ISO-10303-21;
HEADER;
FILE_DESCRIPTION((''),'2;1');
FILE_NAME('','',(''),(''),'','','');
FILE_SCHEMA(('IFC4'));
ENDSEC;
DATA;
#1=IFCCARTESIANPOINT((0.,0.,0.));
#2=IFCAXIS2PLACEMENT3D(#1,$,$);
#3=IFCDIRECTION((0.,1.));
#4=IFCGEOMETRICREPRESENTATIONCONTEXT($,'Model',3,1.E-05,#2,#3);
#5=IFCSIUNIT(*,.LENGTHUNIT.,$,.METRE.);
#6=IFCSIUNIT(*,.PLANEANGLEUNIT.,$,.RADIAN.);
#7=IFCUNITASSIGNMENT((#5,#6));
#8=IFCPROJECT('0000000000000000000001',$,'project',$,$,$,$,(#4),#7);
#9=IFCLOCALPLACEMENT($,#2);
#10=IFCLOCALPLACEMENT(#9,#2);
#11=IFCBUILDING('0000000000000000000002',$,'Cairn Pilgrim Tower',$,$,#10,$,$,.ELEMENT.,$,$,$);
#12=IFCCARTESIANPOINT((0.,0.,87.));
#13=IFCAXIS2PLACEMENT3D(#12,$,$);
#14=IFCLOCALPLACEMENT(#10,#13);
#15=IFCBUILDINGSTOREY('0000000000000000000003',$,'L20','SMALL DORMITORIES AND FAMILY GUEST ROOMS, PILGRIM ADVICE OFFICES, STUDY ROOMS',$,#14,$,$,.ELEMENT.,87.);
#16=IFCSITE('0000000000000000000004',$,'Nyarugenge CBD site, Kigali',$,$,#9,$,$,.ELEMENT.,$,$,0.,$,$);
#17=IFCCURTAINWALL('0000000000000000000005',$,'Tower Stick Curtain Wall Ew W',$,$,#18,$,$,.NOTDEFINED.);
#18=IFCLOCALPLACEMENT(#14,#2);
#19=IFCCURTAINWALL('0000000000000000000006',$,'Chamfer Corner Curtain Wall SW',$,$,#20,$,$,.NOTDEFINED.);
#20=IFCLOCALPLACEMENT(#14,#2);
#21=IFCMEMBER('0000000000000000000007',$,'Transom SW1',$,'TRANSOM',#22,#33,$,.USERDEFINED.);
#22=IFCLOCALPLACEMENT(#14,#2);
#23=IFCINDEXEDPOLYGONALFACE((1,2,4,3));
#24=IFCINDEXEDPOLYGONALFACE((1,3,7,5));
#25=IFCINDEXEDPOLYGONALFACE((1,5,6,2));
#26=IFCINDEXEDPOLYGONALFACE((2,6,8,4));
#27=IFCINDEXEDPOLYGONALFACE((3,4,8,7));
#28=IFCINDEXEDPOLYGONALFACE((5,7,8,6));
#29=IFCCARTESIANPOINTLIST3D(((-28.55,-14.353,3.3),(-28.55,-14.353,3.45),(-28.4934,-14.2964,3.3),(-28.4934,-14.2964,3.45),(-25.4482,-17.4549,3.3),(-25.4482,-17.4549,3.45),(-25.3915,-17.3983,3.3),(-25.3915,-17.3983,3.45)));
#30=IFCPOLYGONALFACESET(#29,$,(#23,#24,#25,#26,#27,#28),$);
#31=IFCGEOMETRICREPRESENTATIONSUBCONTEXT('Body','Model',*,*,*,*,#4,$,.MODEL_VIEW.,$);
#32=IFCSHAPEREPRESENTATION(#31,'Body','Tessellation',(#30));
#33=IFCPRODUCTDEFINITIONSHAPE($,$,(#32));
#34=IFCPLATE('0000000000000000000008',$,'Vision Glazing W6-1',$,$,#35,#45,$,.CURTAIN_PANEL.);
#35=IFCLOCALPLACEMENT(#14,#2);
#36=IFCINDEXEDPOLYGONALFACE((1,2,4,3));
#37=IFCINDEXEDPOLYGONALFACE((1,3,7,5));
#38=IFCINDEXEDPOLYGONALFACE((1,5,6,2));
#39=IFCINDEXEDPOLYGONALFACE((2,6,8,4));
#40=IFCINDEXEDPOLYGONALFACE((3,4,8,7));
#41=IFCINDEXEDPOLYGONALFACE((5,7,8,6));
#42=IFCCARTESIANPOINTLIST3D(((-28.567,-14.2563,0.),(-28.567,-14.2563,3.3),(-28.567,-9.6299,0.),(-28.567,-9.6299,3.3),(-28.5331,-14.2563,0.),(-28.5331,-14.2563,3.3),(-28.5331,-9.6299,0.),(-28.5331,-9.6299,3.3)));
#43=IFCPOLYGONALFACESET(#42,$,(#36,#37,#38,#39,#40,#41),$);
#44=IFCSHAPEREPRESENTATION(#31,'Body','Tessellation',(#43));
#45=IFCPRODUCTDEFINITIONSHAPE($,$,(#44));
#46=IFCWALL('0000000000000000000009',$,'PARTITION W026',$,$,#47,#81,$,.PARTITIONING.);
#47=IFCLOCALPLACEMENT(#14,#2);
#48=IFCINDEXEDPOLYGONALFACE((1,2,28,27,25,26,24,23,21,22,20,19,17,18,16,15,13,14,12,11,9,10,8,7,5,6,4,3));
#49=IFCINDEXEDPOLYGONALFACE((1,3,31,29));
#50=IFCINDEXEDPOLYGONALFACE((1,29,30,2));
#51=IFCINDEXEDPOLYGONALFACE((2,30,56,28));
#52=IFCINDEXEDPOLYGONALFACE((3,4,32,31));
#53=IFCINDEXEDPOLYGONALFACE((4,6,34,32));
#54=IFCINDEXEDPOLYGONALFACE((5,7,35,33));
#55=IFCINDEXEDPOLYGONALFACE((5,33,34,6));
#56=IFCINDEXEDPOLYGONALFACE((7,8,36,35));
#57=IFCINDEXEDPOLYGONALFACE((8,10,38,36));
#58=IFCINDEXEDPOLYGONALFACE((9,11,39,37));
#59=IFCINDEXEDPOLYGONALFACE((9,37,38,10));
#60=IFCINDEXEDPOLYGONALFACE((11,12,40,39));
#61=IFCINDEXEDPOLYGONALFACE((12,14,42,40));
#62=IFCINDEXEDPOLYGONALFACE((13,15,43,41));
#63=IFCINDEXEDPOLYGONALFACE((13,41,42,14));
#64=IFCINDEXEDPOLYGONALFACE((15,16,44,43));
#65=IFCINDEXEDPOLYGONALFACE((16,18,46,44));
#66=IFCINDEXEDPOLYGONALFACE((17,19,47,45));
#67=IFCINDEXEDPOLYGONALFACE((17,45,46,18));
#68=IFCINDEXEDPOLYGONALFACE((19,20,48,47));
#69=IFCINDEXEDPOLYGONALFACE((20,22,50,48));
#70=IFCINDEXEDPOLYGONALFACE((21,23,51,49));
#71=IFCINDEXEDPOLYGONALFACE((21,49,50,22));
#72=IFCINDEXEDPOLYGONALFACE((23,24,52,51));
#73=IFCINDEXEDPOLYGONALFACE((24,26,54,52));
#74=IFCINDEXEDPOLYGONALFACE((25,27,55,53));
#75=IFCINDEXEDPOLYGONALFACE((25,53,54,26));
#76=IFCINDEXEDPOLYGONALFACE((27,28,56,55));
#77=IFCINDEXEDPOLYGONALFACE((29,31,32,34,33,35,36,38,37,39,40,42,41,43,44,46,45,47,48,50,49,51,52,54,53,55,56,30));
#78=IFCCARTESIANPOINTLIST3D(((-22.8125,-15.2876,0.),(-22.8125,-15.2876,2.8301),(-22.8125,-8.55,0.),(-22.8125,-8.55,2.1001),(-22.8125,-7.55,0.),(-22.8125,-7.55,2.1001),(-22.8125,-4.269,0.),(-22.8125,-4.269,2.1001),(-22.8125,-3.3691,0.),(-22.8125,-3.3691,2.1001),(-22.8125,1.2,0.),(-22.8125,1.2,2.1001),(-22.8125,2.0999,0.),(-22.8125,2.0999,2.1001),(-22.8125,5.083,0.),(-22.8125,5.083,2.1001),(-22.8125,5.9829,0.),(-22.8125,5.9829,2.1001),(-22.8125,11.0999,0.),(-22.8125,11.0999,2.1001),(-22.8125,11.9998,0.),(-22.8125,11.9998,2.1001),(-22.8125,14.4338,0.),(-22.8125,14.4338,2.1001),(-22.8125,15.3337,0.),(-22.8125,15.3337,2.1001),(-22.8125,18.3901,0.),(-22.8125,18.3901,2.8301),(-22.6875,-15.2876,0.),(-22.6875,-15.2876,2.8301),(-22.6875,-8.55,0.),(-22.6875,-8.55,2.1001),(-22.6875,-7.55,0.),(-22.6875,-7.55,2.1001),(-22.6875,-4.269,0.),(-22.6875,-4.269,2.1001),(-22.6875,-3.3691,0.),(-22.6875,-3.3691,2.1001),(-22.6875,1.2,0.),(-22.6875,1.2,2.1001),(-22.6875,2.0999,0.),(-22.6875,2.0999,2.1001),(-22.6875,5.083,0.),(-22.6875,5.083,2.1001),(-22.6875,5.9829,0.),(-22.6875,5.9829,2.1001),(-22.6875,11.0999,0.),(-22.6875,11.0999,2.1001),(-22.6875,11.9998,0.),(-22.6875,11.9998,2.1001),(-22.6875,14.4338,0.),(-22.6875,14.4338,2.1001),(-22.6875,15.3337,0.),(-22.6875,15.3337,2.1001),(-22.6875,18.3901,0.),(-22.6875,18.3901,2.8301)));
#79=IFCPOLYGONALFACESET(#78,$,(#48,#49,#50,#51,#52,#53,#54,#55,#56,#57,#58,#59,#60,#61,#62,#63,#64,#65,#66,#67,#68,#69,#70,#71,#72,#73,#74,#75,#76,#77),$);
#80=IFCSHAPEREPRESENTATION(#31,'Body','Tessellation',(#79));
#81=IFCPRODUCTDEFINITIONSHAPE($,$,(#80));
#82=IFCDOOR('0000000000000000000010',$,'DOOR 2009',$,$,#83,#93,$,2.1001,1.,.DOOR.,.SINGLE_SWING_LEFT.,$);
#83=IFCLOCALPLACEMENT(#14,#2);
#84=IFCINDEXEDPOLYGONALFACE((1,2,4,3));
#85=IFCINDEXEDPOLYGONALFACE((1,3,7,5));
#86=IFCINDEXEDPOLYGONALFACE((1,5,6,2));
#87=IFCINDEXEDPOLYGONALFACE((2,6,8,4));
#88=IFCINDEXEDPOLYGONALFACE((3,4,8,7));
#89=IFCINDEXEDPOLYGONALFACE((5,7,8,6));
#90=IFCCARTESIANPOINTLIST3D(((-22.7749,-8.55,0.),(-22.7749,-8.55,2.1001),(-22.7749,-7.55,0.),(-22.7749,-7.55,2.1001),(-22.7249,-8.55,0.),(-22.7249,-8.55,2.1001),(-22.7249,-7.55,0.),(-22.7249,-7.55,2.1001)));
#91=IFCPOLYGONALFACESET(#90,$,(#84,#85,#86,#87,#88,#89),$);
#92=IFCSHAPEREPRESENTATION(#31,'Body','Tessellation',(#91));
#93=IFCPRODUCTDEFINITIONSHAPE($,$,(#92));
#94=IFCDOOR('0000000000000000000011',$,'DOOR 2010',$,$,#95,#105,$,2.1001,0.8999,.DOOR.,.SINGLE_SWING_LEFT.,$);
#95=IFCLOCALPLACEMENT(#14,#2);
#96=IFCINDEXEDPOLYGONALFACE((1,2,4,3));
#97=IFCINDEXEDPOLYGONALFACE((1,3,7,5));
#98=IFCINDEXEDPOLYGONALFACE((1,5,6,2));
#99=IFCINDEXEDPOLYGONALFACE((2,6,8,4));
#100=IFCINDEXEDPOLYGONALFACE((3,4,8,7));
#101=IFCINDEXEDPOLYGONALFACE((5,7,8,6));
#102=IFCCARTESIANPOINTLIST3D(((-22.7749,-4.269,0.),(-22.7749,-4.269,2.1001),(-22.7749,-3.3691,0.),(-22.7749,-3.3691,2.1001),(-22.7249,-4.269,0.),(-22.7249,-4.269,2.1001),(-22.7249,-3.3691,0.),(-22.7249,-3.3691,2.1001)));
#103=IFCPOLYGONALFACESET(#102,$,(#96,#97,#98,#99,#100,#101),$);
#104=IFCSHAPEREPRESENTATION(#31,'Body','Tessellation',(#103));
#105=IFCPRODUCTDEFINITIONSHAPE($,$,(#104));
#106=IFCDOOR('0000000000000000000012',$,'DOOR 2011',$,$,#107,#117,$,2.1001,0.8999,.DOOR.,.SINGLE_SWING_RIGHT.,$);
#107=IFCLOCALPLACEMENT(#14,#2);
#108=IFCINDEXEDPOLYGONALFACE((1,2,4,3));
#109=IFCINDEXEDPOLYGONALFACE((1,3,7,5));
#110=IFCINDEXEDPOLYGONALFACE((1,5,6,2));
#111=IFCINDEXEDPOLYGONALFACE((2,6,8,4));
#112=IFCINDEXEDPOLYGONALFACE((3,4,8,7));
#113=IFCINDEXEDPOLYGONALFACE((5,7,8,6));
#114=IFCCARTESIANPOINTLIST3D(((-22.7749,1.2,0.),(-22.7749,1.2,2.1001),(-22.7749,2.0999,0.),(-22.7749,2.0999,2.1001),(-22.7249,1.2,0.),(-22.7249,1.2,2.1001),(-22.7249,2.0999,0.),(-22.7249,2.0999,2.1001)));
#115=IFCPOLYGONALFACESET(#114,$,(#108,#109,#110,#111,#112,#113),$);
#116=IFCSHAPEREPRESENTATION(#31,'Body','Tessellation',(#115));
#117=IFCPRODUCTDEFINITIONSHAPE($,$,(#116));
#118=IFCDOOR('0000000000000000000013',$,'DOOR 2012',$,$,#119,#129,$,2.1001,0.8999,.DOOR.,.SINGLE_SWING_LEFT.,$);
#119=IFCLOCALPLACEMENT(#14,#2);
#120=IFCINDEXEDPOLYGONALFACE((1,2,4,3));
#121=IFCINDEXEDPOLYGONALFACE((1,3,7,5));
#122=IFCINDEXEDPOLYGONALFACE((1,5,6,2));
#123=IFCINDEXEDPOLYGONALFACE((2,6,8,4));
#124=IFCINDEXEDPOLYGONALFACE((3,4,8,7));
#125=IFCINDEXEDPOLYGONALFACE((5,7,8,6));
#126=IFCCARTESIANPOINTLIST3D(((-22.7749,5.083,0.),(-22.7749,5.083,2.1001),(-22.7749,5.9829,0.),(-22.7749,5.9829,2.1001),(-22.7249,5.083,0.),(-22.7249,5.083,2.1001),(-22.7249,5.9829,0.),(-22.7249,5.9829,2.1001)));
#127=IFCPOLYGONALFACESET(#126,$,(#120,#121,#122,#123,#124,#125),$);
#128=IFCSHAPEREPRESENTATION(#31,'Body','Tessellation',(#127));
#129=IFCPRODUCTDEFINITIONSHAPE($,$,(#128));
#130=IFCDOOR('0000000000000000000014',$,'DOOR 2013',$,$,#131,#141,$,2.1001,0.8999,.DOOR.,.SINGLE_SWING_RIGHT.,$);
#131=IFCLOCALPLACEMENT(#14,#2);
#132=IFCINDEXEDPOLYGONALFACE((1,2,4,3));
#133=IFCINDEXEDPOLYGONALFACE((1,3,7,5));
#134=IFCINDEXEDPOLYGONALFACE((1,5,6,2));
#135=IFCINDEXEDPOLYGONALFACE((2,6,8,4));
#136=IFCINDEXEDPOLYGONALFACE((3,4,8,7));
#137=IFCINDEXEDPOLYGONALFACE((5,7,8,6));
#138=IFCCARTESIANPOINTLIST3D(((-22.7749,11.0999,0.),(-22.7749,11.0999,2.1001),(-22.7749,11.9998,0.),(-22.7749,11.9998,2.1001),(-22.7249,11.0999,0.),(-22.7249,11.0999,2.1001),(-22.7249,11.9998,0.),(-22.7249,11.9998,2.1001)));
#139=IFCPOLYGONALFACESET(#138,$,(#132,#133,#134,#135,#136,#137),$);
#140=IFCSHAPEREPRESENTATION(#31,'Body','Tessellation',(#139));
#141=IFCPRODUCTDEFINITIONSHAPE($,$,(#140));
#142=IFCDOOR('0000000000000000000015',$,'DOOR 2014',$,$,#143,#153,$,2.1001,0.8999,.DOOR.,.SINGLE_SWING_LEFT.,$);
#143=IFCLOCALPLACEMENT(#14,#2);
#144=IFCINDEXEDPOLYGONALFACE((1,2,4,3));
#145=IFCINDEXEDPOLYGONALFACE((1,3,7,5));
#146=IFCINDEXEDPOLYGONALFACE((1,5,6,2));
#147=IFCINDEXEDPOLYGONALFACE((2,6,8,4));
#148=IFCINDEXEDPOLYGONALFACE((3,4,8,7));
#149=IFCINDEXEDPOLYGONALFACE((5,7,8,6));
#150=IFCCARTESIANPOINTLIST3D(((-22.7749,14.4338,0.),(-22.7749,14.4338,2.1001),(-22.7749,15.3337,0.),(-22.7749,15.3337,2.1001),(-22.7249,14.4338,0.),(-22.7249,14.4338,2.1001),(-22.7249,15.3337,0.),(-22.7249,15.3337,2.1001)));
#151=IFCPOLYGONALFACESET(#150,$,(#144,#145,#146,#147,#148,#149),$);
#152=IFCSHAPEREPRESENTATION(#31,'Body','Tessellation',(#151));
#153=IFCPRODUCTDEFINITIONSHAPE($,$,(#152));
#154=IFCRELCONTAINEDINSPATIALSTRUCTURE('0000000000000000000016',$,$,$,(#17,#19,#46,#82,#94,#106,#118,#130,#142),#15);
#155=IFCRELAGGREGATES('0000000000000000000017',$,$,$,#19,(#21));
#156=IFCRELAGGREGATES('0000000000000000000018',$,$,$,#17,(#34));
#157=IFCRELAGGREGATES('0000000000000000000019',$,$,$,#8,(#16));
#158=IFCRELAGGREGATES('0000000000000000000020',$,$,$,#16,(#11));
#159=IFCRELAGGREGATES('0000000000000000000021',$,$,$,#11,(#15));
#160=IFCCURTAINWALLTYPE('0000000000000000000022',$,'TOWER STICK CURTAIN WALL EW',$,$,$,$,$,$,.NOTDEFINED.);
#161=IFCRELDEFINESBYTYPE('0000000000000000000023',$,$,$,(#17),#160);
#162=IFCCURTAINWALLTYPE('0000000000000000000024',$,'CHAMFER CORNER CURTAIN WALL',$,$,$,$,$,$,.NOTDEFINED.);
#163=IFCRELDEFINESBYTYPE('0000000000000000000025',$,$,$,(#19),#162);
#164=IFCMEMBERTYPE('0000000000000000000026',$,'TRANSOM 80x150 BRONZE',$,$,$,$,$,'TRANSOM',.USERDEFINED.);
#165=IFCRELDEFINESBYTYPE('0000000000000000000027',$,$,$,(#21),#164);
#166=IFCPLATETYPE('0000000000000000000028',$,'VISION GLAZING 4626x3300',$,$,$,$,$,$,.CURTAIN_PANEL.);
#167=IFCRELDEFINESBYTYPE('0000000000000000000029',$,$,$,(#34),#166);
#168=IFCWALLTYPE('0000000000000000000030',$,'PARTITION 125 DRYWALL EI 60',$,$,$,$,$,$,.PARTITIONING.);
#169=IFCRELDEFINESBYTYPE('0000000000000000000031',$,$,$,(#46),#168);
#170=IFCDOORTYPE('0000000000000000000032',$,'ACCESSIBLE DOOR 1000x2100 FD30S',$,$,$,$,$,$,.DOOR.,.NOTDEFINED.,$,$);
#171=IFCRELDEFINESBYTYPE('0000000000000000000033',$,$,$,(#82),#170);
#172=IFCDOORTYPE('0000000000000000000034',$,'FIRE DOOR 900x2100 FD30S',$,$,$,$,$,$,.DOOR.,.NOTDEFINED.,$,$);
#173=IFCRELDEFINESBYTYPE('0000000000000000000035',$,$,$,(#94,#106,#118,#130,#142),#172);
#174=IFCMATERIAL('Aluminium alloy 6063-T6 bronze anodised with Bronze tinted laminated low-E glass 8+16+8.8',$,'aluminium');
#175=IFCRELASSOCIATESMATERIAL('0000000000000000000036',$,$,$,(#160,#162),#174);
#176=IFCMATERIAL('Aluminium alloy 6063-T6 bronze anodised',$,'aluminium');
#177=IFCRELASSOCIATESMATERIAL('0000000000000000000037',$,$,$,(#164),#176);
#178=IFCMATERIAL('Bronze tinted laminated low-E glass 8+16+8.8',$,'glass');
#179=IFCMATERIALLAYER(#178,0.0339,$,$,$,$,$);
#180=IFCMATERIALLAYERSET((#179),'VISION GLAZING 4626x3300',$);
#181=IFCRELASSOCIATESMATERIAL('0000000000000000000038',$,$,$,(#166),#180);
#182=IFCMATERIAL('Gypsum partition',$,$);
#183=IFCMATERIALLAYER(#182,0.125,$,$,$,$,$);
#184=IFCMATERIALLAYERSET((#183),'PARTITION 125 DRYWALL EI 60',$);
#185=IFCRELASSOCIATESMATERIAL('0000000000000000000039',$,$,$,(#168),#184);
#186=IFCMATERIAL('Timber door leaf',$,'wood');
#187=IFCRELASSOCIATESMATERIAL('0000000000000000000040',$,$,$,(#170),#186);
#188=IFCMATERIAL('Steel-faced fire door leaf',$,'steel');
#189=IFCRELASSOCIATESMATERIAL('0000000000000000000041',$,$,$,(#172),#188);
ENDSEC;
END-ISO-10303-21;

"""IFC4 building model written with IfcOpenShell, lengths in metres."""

from ifc_helpers import new_model, si_unit, direction, frame, frame_2d, origin, origin_2d, place, context, subcontext, project, spatial, polyline, rectangle, outline, extrude, material, layer, layer_set, material_profile, profile_set, type_object, element, fill, aggregate, save


model = new_model("IFC4")

# Units and contexts
model_context = context("Model", 3, precision=1e-05, world=origin(), true_north=direction((0.0, 1.0)))
body_context = subcontext(model_context, "Body", "Model", "MODEL_VIEW")
ifc_project = project(units=[si_unit("LENGTHUNIT", "METRE"), si_unit("PLANEANGLEUNIT", "RADIAN")], contexts=[model_context])

# Site, building, storey
site_placement = place(None, origin())
site = spatial("IfcSite", under=ifc_project, at=site_placement, Name="Nyarugenge CBD site, Kigali", CompositionType="ELEMENT", RefElevation=0.0)
building_placement = place(site_placement, origin())
building = spatial("IfcBuilding", under=site, at=building_placement, Name="Cairn Pilgrim Tower", CompositionType="ELEMENT")
storey_placement = place(building_placement, frame((0.0, 0.0, 87.0)))
storey = spatial("IfcBuildingStorey", under=building, at=storey_placement, Name="L20", Description="SMALL DORMITORIES AND FAMILY GUEST ROOMS, PILGRIM ADVICE OFFICES, STUDY ROOMS", CompositionType="ELEMENT", Elevation=87.0)

# Curtain walls
ifc_material_1 = material(Name="Aluminium alloy 6063-T6 bronze anodised with Bronze tinted laminated low-E glass 8+16+8.8", Category="aluminium")
curtain_wall_type_1 = type_object("IfcCurtainWallType", Name="TOWER STICK CURTAIN WALL EW", PredefinedType="NOTDEFINED", material=ifc_material_1)
curtain_wall_1_placement = place(storey_placement, origin())
curtain_wall_1 = element("IfcCurtainWall", 1, at=curtain_wall_1_placement, inside=storey, type_object=curtain_wall_type_1, Name="Tower Stick Curtain Wall Ew W", PredefinedType="NOTDEFINED")
ifc_material_2 = material(Name="Aluminium alloy 6063-T6 bronze anodised", Category="aluminium")
curtain_wall_type_2 = type_object("IfcCurtainWallType", Name="CHAMFER CORNER CURTAIN WALL", PredefinedType="NOTDEFINED", material=ifc_material_1)
curtain_wall_2_placement = place(storey_placement, origin())
curtain_wall_2 = element("IfcCurtainWall", 2, at=curtain_wall_2_placement, inside=storey, type_object=curtain_wall_type_2, Name="Chamfer Corner Curtain Wall SW", PredefinedType="NOTDEFINED")

# Member
ifc_material_profile_1 = material_profile(ifc_material_2, rectangle(XDim=0.0801, YDim=0.1499, at=origin_2d()), Name="TRANSOM 80x150 BRONZE")
ifc_profile_set_1 = profile_set([ifc_material_profile_1], Name="Aluminium alloy 6063-T6 bronze anodised")
member_type_1 = type_object("IfcMemberType", Name="TRANSOM 80x150 BRONZE", ElementType="TRANSOM", PredefinedType="USERDEFINED", material=ifc_profile_set_1)
member_1_placement = place(storey_placement, frame((-28.5217, -14.3247, 3.375), z_axis=(0.707107, -0.707107, 0.0), x_axis=(0.707107, 0.707107, 0.0)))
member_1 = element("IfcMember", 3, at=member_1_placement, type_object=member_type_1, Name="Transom SW1", ObjectType="TRANSOM", PredefinedType="USERDEFINED", context=body_context, shape_type="SweptSolid", body=[
    extrude(rectangle(XDim=0.0801, YDim=0.1499, at=origin_2d()), origin(), (0.0, 0.0, 1.0), 4.3867),
])
aggregate(curtain_wall_2, [member_1])

# Plate
ifc_material_3 = material(Name="Bronze tinted laminated low-E glass 8+16+8.8", Category="glass")
ifc_layer_1 = layer(ifc_material_3, 0.0339)
ifc_layer_set_1 = layer_set([ifc_layer_1], Name="VISION GLAZING 4626x3300")
plate_type = type_object("IfcPlateType", Name="VISION GLAZING 4626x3300", PredefinedType="CURTAIN_PANEL", material=ifc_layer_set_1)
plate_placement = place(storey_placement, frame((-28.55, -11.9431, 0.0), z_axis=(0.0, 0.0, 1.0), x_axis=(0.0, -1.0, 0.0)))
plate = element("IfcPlate", 4, at=plate_placement, type_object=plate_type, Name="Vision Glazing W6-1", PredefinedType="CURTAIN_PANEL", context=body_context, shape_type="SweptSolid", body=[
    extrude(rectangle(XDim=4.6265, YDim=0.0339, at=origin_2d()), origin(), (0.0, 0.0, 1.0), 3.3),
])
aggregate(curtain_wall_1, [plate])

# Wall, openings, doors
ifc_material_4 = material(Name="Gypsum partition")
ifc_layer_2 = layer(ifc_material_4, 0.125)
ifc_layer_set_2 = layer_set([ifc_layer_2], Name="PARTITION 125 DRYWALL EI 60")
wall_type_1 = type_object("IfcWallType", Name="PARTITION 125 DRYWALL EI 60", PredefinedType="PARTITIONING", material=ifc_layer_set_2)
wall_1_placement = place(storey_placement, frame((-22.75, -15.2876, 0.0), z_axis=(0.0, 0.0, 1.0), x_axis=(0.0, 1.0, 0.0)))
wall_1 = element("IfcWall", 5, at=wall_1_placement, inside=storey, type_object=wall_type_1, Name="PARTITION W026", PredefinedType="PARTITIONING", context=body_context, shape_type="SweptSolid", body=[
    extrude(outline(polyline([(0.0, 0.0), (33.6777, 0.0), (33.6777, 0.8625), (33.6777, 1.7251), (33.6777, 2.5874), (33.6777, 2.8301), (0.0, 2.8301), (0.0, 2.5874), (0.0, 1.7251), (0.0, 0.8625), (0.0, 0.0)])), frame((0.0, 0.0625, 0.0), z_axis=(0.0, -1.0, 0.0), x_axis=(1.0, 0.0, 0.0)), (0.0, 0.0, 1.0), 0.125),
])
opening_1_placement = place(wall_1_placement, frame((6.7375, 0.0, 0.0)))
opening_1 = element("IfcOpeningElement", 6, at=opening_1_placement, cuts=wall_1, PredefinedType="OPENING", context=body_context, shape_type="SweptSolid", body=[
    extrude(rectangle(XDim=1.0, YDim=2.1001, at=frame_2d((0.5, 1.05))), frame((0.0, 0.0725, 0.0), z_axis=(0.0, -1.0, 0.0), x_axis=(1.0, 0.0, 0.0)), (0.0, 0.0, 1.0), 0.145),
])
opening_2_placement = place(wall_1_placement, frame((11.0186, 0.0, 0.0)))
opening_2 = element("IfcOpeningElement", 7, at=opening_2_placement, cuts=wall_1, PredefinedType="OPENING", context=body_context, shape_type="SweptSolid", body=[
    extrude(rectangle(XDim=0.8999, YDim=2.1001, at=frame_2d((0.45, 1.05))), frame((0.0, 0.0725, 0.0), z_axis=(0.0, -1.0, 0.0), x_axis=(1.0, 0.0, 0.0)), (0.0, 0.0, 1.0), 0.145),
])
opening_3_placement = place(wall_1_placement, frame((16.4875, 0.0, 0.0)))
opening_3 = element("IfcOpeningElement", 8, at=opening_3_placement, cuts=wall_1, PredefinedType="OPENING", context=body_context, shape_type="SweptSolid", body=[
    extrude(rectangle(XDim=0.8999, YDim=2.1001, at=frame_2d((0.45, 1.05))), frame((0.0, 0.0725, 0.0), z_axis=(0.0, -1.0, 0.0), x_axis=(1.0, 0.0, 0.0)), (0.0, 0.0, 1.0), 0.145),
])
opening_4_placement = place(wall_1_placement, frame((20.3706, 0.0, 0.0)))
opening_4 = element("IfcOpeningElement", 9, at=opening_4_placement, cuts=wall_1, PredefinedType="OPENING", context=body_context, shape_type="SweptSolid", body=[
    extrude(rectangle(XDim=0.8999, YDim=2.1001, at=frame_2d((0.45, 1.05))), frame((0.0, 0.0725, 0.0), z_axis=(0.0, -1.0, 0.0), x_axis=(1.0, 0.0, 0.0)), (0.0, 0.0, 1.0), 0.145),
])
opening_5_placement = place(wall_1_placement, frame((26.3875, 0.0, 0.0)))
opening_5 = element("IfcOpeningElement", 10, at=opening_5_placement, cuts=wall_1, PredefinedType="OPENING", context=body_context, shape_type="SweptSolid", body=[
    extrude(rectangle(XDim=0.8999, YDim=2.1001, at=frame_2d((0.45, 1.05))), frame((0.0, 0.0725, 0.0), z_axis=(0.0, -1.0, 0.0), x_axis=(1.0, 0.0, 0.0)), (0.0, 0.0, 1.0), 0.145),
])
opening_6_placement = place(wall_1_placement, frame((29.7214, 0.0, 0.0)))
opening_6 = element("IfcOpeningElement", 11, at=opening_6_placement, cuts=wall_1, PredefinedType="OPENING", context=body_context, shape_type="SweptSolid", body=[
    extrude(rectangle(XDim=0.8999, YDim=2.1001, at=frame_2d((0.45, 1.05))), frame((0.0, 0.0725, 0.0), z_axis=(0.0, -1.0, 0.0), x_axis=(1.0, 0.0, 0.0)), (0.0, 0.0, 1.0), 0.145),
])
ifc_material_5 = material(Name="Timber door leaf", Category="wood")
door_type_1 = type_object("IfcDoorType", Name="ACCESSIBLE DOOR 1000x2100 FD30S", OperationType="NOTDEFINED", PredefinedType="DOOR", material=ifc_material_5)
door_1_placement = place(opening_1_placement, origin())
door_1 = element("IfcDoor", 12, at=door_1_placement, inside=storey, type_object=door_type_1, Name="DOOR 2009", OperationType="SINGLE_SWING_LEFT", OverallHeight=2.1001, OverallWidth=1.0, PredefinedType="DOOR", context=body_context, shape_type="SweptSolid", body=[
    extrude(rectangle(XDim=1.0, YDim=2.1001, at=frame_2d((0.5, 1.05))), frame((0.0, 0.0249, 0.0), z_axis=(0.0, -1.0, 0.0), x_axis=(1.0, 0.0, 0.0)), (0.0, 0.0, 1.0), 0.05),
])
fill(opening_1, door_1)
ifc_material_6 = material(Name="Steel-faced fire door leaf", Category="steel")
door_type_2 = type_object("IfcDoorType", Name="FIRE DOOR 900x2100 FD30S", OperationType="NOTDEFINED", PredefinedType="DOOR", material=ifc_material_6)
door_2_placement = place(opening_2_placement, origin())
door_2 = element("IfcDoor", 13, at=door_2_placement, inside=storey, type_object=door_type_2, Name="DOOR 2010", OperationType="SINGLE_SWING_LEFT", OverallHeight=2.1001, OverallWidth=0.8999, PredefinedType="DOOR", context=body_context, shape_type="SweptSolid", body=[
    extrude(rectangle(XDim=0.8999, YDim=2.1001, at=frame_2d((0.45, 1.05))), frame((0.0, 0.0249, 0.0), z_axis=(0.0, -1.0, 0.0), x_axis=(1.0, 0.0, 0.0)), (0.0, 0.0, 1.0), 0.05),
])
fill(opening_2, door_2)
door_3_placement = place(opening_3_placement, origin())
door_3 = element("IfcDoor", 14, at=door_3_placement, inside=storey, type_object=door_type_2, Name="DOOR 2011", OperationType="SINGLE_SWING_RIGHT", OverallHeight=2.1001, OverallWidth=0.8999, PredefinedType="DOOR", context=body_context, shape_type="SweptSolid", body=[
    extrude(rectangle(XDim=0.8999, YDim=2.1001, at=frame_2d((0.45, 1.05))), frame((0.0, 0.0249, 0.0), z_axis=(0.0, -1.0, 0.0), x_axis=(1.0, 0.0, 0.0)), (0.0, 0.0, 1.0), 0.05),
])
fill(opening_3, door_3)
door_4_placement = place(opening_4_placement, origin())
door_4 = element("IfcDoor", 15, at=door_4_placement, inside=storey, type_object=door_type_2, Name="DOOR 2012", OperationType="SINGLE_SWING_LEFT", OverallHeight=2.1001, OverallWidth=0.8999, PredefinedType="DOOR", context=body_context, shape_type="SweptSolid", body=[
    extrude(rectangle(XDim=0.8999, YDim=2.1001, at=frame_2d((0.45, 1.05))), frame((0.0, 0.0249, 0.0), z_axis=(0.0, -1.0, 0.0), x_axis=(1.0, 0.0, 0.0)), (0.0, 0.0, 1.0), 0.05),
])
fill(opening_4, door_4)
door_5_placement = place(opening_5_placement, origin())
door_5 = element("IfcDoor", 16, at=door_5_placement, inside=storey, type_object=door_type_2, Name="DOOR 2013", OperationType="SINGLE_SWING_RIGHT", OverallHeight=2.1001, OverallWidth=0.8999, PredefinedType="DOOR", context=body_context, shape_type="SweptSolid", body=[
    extrude(rectangle(XDim=0.8999, YDim=2.1001, at=frame_2d((0.45, 1.05))), frame((0.0, 0.0249, 0.0), z_axis=(0.0, -1.0, 0.0), x_axis=(1.0, 0.0, 0.0)), (0.0, 0.0, 1.0), 0.05),
])
fill(opening_5, door_5)
door_6_placement = place(opening_6_placement, origin())
door_6 = element("IfcDoor", 17, at=door_6_placement, inside=storey, type_object=door_type_2, Name="DOOR 2014", OperationType="SINGLE_SWING_LEFT", OverallHeight=2.1001, OverallWidth=0.8999, PredefinedType="DOOR", context=body_context, shape_type="SweptSolid", body=[
    extrude(rectangle(XDim=0.8999, YDim=2.1001, at=frame_2d((0.45, 1.05))), frame((0.0, 0.0249, 0.0), z_axis=(0.0, -1.0, 0.0), x_axis=(1.0, 0.0, 0.0)), (0.0, 0.0, 1.0), 0.05),
])
fill(opening_6, door_6)

save(model, "model.ifc")
